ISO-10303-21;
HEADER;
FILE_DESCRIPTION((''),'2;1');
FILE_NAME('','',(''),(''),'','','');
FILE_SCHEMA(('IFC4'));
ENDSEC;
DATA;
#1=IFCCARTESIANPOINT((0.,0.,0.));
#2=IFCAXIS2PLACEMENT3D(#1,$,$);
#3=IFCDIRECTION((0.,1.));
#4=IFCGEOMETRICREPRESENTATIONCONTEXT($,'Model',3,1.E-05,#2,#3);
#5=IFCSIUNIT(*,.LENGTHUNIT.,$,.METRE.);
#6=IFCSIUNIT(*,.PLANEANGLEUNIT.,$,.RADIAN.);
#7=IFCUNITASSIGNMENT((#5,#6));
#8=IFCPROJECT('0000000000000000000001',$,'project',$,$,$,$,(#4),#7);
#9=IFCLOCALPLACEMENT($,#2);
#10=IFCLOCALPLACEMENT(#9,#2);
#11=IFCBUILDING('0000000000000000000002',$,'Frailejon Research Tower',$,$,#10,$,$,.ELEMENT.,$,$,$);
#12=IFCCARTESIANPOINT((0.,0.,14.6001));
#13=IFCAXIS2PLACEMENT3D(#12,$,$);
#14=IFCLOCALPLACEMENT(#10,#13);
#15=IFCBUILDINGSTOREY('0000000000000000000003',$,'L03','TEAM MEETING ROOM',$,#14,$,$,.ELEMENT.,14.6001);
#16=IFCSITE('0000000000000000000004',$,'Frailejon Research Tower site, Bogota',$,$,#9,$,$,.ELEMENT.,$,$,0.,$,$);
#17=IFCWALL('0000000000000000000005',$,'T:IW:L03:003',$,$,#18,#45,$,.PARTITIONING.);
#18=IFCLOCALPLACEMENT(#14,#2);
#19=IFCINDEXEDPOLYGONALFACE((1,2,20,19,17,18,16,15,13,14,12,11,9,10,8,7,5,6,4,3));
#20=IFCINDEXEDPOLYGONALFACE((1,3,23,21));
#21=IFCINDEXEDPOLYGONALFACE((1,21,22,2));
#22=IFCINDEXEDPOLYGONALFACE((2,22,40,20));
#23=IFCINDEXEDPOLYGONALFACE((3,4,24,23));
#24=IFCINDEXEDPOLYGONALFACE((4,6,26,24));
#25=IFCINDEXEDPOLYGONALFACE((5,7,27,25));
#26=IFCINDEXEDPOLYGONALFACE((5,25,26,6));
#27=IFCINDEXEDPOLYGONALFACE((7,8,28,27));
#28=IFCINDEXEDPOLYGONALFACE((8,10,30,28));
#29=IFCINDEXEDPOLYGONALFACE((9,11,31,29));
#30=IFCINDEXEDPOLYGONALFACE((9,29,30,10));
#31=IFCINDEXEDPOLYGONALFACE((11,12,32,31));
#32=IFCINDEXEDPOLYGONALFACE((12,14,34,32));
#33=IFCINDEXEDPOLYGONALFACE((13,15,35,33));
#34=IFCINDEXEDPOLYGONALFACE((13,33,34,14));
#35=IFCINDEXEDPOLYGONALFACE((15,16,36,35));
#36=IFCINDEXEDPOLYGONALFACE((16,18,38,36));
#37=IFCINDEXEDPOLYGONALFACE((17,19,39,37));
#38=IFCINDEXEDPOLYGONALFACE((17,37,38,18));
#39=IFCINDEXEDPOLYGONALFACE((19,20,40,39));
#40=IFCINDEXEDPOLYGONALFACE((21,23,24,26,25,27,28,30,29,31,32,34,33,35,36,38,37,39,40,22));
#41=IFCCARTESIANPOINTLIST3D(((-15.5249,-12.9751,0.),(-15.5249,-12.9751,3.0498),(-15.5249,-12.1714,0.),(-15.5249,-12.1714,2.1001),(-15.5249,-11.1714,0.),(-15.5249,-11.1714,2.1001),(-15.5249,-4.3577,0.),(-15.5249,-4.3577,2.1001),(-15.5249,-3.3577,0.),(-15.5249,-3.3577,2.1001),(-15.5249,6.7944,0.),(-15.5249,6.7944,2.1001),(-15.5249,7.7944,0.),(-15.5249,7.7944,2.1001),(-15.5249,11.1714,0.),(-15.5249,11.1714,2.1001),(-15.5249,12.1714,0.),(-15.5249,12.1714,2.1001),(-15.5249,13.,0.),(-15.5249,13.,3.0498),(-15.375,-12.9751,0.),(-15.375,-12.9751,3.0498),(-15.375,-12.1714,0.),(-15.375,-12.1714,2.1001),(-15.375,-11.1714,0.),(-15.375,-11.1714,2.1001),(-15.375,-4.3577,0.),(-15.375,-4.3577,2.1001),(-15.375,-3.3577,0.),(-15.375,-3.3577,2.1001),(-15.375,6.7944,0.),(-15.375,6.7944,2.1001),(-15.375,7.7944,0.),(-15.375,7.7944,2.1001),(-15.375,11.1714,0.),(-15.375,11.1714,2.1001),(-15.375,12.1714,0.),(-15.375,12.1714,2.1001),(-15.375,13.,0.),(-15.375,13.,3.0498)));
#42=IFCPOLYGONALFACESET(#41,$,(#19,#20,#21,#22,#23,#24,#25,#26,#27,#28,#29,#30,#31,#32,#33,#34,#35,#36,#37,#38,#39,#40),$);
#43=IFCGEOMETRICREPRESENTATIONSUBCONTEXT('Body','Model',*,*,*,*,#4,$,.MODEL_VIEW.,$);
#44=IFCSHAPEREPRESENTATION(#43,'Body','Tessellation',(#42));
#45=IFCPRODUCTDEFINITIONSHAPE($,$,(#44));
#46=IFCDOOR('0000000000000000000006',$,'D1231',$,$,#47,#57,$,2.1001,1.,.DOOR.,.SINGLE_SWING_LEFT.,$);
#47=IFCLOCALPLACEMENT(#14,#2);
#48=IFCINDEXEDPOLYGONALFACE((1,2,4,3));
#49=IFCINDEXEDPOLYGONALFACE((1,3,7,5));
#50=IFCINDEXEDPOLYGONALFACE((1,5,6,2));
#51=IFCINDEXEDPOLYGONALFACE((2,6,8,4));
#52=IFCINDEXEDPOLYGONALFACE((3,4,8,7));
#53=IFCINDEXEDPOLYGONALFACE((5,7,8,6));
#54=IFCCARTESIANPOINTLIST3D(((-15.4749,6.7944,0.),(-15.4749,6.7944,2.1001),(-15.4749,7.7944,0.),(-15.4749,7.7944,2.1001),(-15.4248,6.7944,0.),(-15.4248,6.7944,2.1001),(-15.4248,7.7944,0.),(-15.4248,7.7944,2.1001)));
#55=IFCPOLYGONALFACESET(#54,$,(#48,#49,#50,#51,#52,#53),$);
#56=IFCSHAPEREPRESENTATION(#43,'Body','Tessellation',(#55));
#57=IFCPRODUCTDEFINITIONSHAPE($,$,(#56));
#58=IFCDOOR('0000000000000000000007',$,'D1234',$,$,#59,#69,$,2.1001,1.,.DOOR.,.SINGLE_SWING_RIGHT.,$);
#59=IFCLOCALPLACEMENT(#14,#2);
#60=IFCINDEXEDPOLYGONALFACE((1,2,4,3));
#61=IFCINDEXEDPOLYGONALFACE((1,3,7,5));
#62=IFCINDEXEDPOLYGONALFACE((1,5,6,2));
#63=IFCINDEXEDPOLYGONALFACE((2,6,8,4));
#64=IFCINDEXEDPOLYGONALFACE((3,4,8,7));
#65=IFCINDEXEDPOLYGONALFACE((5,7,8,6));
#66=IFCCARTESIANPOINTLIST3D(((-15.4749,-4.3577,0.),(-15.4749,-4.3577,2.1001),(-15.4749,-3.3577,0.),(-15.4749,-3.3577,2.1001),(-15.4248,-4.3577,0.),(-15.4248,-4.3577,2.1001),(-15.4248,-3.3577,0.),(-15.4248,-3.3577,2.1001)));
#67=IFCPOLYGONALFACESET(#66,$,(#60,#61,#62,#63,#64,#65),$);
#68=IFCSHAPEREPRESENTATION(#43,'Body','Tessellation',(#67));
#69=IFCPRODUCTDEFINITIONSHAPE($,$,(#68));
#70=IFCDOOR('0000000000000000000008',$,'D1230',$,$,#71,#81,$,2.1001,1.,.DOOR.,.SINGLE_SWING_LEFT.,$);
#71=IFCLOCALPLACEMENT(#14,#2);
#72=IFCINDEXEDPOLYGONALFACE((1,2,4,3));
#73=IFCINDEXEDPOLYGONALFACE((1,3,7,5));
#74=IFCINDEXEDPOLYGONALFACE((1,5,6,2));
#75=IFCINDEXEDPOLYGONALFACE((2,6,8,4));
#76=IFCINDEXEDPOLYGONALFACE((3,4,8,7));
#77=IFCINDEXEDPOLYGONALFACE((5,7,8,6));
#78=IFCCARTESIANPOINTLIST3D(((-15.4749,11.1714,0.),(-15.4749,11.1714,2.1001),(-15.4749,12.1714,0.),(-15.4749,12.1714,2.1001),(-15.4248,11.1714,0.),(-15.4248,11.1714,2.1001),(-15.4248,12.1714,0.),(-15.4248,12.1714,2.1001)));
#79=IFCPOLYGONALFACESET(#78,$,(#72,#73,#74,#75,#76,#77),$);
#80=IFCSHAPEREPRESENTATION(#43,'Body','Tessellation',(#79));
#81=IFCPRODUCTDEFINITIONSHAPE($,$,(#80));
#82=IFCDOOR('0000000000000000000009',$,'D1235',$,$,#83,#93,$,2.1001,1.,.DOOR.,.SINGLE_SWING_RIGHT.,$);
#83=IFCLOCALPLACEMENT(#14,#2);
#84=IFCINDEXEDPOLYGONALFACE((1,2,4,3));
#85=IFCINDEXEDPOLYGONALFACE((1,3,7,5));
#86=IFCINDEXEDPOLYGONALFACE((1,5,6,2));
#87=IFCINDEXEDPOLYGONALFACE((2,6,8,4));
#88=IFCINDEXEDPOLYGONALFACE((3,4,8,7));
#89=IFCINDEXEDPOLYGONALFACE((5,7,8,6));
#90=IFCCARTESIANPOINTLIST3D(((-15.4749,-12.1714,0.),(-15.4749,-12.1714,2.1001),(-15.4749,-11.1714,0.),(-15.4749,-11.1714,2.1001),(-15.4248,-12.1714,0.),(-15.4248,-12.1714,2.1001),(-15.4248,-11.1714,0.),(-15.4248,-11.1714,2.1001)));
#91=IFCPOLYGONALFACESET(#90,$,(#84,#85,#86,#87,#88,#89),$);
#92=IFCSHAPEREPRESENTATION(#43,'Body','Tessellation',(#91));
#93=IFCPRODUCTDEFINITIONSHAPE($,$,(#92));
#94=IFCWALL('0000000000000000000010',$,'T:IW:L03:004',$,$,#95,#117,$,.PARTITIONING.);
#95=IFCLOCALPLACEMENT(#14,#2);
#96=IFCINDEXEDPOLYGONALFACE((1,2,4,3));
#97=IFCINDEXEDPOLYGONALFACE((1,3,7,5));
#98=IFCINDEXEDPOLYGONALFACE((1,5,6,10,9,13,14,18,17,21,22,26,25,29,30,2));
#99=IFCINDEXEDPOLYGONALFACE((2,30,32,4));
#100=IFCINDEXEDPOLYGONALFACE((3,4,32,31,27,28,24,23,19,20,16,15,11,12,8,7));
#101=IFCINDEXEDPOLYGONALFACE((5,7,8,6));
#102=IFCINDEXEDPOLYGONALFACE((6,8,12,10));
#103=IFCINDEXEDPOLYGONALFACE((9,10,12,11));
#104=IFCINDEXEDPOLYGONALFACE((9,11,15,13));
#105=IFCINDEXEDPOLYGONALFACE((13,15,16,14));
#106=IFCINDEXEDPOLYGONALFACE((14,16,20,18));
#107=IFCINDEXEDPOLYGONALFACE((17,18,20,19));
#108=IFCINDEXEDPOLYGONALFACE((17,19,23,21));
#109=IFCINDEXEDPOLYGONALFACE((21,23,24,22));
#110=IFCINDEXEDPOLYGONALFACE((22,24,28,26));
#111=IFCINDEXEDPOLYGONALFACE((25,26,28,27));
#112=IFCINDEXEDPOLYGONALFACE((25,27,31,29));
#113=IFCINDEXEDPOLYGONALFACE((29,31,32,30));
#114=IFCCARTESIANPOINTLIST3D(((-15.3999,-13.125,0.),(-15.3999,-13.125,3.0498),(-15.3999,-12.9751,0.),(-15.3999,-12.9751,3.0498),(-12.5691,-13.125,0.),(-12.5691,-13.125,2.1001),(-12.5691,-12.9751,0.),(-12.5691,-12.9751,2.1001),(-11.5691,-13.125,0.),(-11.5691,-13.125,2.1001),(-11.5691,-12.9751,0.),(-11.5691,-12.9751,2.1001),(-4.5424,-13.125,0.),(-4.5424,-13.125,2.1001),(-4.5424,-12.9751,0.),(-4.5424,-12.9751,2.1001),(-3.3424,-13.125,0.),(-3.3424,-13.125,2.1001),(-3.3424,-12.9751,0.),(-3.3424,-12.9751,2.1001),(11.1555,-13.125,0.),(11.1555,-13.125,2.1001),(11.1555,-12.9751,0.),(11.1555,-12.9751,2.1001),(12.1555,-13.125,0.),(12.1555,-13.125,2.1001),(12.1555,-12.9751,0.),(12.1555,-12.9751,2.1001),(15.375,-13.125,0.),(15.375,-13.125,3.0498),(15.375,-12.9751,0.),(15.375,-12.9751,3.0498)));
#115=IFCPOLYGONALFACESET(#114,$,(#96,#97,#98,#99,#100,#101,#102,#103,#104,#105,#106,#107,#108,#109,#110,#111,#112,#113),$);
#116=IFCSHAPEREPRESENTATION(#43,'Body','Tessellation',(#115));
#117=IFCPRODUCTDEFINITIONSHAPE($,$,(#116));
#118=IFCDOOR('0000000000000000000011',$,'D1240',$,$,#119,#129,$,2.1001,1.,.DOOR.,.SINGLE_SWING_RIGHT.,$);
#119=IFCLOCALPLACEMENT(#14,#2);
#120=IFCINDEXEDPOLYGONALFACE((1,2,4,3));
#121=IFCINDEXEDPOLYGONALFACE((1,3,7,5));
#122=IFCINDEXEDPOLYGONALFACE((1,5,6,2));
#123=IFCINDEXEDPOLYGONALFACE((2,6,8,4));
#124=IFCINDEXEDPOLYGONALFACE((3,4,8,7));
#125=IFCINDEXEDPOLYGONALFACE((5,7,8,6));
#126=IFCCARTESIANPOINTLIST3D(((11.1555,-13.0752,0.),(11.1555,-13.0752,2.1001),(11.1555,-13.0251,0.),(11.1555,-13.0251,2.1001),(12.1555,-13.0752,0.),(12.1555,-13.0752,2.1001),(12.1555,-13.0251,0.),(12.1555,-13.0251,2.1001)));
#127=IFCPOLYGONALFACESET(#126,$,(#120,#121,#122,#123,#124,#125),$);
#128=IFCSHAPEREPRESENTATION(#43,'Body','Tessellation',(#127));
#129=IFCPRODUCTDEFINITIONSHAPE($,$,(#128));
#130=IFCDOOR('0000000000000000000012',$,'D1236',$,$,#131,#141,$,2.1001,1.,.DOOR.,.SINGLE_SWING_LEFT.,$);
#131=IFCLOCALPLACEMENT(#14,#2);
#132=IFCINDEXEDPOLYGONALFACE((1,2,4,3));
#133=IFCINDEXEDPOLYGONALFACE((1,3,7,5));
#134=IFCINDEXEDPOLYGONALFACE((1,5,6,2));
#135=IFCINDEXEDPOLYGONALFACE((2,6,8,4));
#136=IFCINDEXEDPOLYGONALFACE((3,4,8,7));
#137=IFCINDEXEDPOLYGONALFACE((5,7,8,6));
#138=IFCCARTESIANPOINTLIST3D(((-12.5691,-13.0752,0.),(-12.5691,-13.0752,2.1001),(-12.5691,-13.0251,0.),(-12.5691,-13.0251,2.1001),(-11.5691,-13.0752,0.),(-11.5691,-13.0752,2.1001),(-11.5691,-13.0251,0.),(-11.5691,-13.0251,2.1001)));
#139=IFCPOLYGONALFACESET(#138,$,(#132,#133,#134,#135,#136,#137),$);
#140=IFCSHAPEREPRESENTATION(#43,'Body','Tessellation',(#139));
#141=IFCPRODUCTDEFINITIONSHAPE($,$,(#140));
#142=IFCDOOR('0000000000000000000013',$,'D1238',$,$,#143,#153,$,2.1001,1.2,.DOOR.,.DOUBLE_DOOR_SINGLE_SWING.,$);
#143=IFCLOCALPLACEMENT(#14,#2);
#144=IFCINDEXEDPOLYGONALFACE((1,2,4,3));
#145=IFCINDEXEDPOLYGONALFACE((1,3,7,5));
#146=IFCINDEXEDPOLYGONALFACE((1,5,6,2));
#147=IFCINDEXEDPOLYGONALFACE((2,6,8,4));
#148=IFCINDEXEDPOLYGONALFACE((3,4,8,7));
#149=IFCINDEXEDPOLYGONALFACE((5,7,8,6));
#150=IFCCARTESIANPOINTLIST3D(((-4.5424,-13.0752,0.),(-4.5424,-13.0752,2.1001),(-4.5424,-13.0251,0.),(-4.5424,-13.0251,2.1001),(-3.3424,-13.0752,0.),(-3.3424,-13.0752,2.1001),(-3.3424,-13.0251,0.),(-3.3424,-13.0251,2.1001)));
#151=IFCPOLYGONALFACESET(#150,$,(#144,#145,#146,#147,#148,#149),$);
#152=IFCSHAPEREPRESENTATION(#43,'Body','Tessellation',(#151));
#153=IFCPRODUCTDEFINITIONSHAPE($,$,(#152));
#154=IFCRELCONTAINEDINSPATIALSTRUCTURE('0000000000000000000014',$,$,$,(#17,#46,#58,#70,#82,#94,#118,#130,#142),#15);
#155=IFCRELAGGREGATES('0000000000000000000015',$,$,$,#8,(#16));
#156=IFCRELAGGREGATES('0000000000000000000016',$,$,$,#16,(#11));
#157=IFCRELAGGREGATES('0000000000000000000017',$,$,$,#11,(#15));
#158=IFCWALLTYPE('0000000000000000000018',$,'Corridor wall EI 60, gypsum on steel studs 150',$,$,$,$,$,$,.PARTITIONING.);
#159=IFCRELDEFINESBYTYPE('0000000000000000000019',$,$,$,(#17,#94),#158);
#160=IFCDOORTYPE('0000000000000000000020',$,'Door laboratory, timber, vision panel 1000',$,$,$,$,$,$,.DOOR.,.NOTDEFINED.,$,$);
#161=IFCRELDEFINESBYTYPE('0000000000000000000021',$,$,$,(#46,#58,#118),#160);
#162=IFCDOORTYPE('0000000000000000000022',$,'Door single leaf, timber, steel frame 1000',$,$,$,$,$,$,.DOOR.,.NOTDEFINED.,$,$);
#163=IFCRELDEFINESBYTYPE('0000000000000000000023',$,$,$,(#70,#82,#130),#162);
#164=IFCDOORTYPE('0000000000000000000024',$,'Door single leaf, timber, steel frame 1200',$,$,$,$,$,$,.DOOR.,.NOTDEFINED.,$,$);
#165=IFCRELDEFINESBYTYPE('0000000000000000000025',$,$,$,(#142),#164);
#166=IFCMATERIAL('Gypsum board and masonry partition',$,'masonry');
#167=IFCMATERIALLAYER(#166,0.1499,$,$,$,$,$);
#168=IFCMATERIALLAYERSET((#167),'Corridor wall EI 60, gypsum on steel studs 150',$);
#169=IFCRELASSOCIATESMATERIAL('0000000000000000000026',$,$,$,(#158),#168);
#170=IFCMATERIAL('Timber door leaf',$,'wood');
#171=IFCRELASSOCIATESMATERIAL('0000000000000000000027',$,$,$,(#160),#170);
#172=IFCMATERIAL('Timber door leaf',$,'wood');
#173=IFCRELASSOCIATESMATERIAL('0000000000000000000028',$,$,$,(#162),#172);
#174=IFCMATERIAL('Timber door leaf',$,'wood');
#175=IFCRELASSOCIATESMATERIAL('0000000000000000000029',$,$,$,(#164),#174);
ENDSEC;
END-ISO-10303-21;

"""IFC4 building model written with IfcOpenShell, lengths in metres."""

from ifc_helpers import new_model, si_unit, direction, frame, frame_2d, origin, place, context, subcontext, project, spatial, rectangle, extrude, material, layer, layer_set, type_object, element, fill, save


model = new_model("IFC4")

# Units and contexts
model_context = context("Model", 3, precision=1e-05, world=origin(), true_north=direction((0.0, 1.0)))
body_context = subcontext(model_context, "Body", "Model", "MODEL_VIEW")
ifc_project = project(units=[si_unit("LENGTHUNIT", "METRE"), si_unit("PLANEANGLEUNIT", "RADIAN")], contexts=[model_context])

# Site, building, storey
site_placement = place(None, origin())
site = spatial("IfcSite", under=ifc_project, at=site_placement, Name="Frailejon Research Tower site, Bogota", CompositionType="ELEMENT", RefElevation=0.0)
building_placement = place(site_placement, origin())
building = spatial("IfcBuilding", under=site, at=building_placement, Name="Frailejon Research Tower", CompositionType="ELEMENT")
storey_placement = place(building_placement, frame((0.0, 0.0, 14.6001)))
storey = spatial("IfcBuildingStorey", under=building, at=storey_placement, Name="L03", Description="TEAM MEETING ROOM", CompositionType="ELEMENT", Elevation=14.6001)

# Walls, openings, doors
ifc_material_1 = material(Name="Gypsum board and masonry partition", Category="masonry")
ifc_layer_1 = layer(ifc_material_1, 0.1499)
ifc_layer_set_1 = layer_set([ifc_layer_1], Name="Corridor wall EI 60, gypsum on steel studs 150")
wall_type_1 = type_object("IfcWallType", Name="Corridor wall EI 60, gypsum on steel studs 150", PredefinedType="PARTITIONING", material=ifc_layer_set_1)
wall_1_placement = place(storey_placement, frame((-15.45, -12.9751, 0.0), z_axis=(0.0, 0.0, 1.0), x_axis=(0.0, 1.0, 0.0)))
wall_1 = element("IfcWall", 1, at=wall_1_placement, inside=storey, type_object=wall_type_1, Name="T:IW:L03:003", PredefinedType="PARTITIONING", context=body_context, shape_type="SweptSolid", body=[
    extrude(rectangle(XDim=25.9751, YDim=0.1499, at=frame_2d((12.9875, 0.0))), origin(), (0.0, 0.0, 1.0), 3.0498),
])
opening_1_placement = place(wall_1_placement, frame((24.1465, 0.0, 0.0)))
opening_1 = element("IfcOpeningElement", 2, at=opening_1_placement, cuts=wall_1, PredefinedType="OPENING", context=body_context, shape_type="SweptSolid", body=[
    extrude(rectangle(XDim=1.0, YDim=2.1001, at=frame_2d((0.5, 1.05))), frame((0.0, 0.085, 0.0), z_axis=(0.0, -1.0, 0.0), x_axis=(1.0, 0.0, 0.0)), (0.0, 0.0, 1.0), 0.1699),
])
opening_2_placement = place(wall_1_placement, frame((19.7695, 0.0, 0.0)))
opening_2 = element("IfcOpeningElement", 3, at=opening_2_placement, cuts=wall_1, PredefinedType="OPENING", context=body_context, shape_type="SweptSolid", body=[
    extrude(rectangle(XDim=1.0, YDim=2.1001, at=frame_2d((0.5, 1.05))), frame((0.0, 0.085, 0.0), z_axis=(0.0, -1.0, 0.0), x_axis=(1.0, 0.0, 0.0)), (0.0, 0.0, 1.0), 0.1699),
])
opening_3_placement = place(wall_1_placement, frame((8.6174, 0.0, 0.0)))
opening_3 = element("IfcOpeningElement", 4, at=opening_3_placement, cuts=wall_1, PredefinedType="OPENING", context=body_context, shape_type="SweptSolid", body=[
    extrude(rectangle(XDim=1.0, YDim=2.1001, at=frame_2d((0.5, 1.05))), frame((0.0, 0.085, 0.0), z_axis=(0.0, -1.0, 0.0), x_axis=(1.0, 0.0, 0.0)), (0.0, 0.0, 1.0), 0.1699),
])
opening_4_placement = place(wall_1_placement, frame((0.8037, 0.0, 0.0)))
opening_4 = element("IfcOpeningElement", 5, at=opening_4_placement, cuts=wall_1, PredefinedType="OPENING", context=body_context, shape_type="SweptSolid", body=[
    extrude(rectangle(XDim=1.0, YDim=2.1001, at=frame_2d((0.5, 1.05))), frame((0.0, 0.085, 0.0), z_axis=(0.0, -1.0, 0.0), x_axis=(1.0, 0.0, 0.0)), (0.0, 0.0, 1.0), 0.1699),
])
ifc_material_2 = material(Name="Timber door leaf", Category="wood")
door_type_1 = type_object("IfcDoorType", Name="Door laboratory, timber, vision panel 1000", OperationType="NOTDEFINED", PredefinedType="DOOR", material=ifc_material_2)
door_1_placement = place(opening_2_placement, origin())
door_1 = element("IfcDoor", 6, at=door_1_placement, inside=storey, type_object=door_type_1, Name="D1231", OperationType="SINGLE_SWING_LEFT", OverallHeight=2.1001, OverallWidth=1.0, PredefinedType="DOOR", context=body_context, shape_type="SweptSolid", body=[
    extrude(rectangle(XDim=1.0, YDim=2.1001, at=frame_2d((0.5, 1.05))), frame((0.0, 0.0249, 0.0), z_axis=(0.0, -1.0, 0.0), x_axis=(1.0, 0.0, 0.0)), (0.0, 0.0, 1.0), 0.05),
])
fill(opening_2, door_1)
door_2_placement = place(opening_3_placement, origin())
door_2 = element("IfcDoor", 7, at=door_2_placement, inside=storey, type_object=door_type_1, Name="D1234", OperationType="SINGLE_SWING_RIGHT", OverallHeight=2.1001, OverallWidth=1.0, PredefinedType="DOOR", context=body_context, shape_type="SweptSolid", body=[
    extrude(rectangle(XDim=1.0, YDim=2.1001, at=frame_2d((0.5, 1.05))), frame((0.0, 0.0249, 0.0), z_axis=(0.0, -1.0, 0.0), x_axis=(1.0, 0.0, 0.0)), (0.0, 0.0, 1.0), 0.05),
])
fill(opening_3, door_2)
ifc_material_3 = material(Name="Timber door leaf", Category="wood")
door_type_2 = type_object("IfcDoorType", Name="Door single leaf, timber, steel frame 1000", OperationType="NOTDEFINED", PredefinedType="DOOR", material=ifc_material_3)
door_3_placement = place(opening_1_placement, origin())
door_3 = element("IfcDoor", 8, at=door_3_placement, inside=storey, type_object=door_type_2, Name="D1230", OperationType="SINGLE_SWING_LEFT", OverallHeight=2.1001, OverallWidth=1.0, PredefinedType="DOOR", context=body_context, shape_type="SweptSolid", body=[
    extrude(rectangle(XDim=1.0, YDim=2.1001, at=frame_2d((0.5, 1.05))), frame((0.0, 0.0249, 0.0), z_axis=(0.0, -1.0, 0.0), x_axis=(1.0, 0.0, 0.0)), (0.0, 0.0, 1.0), 0.05),
])
fill(opening_1, door_3)
door_4_placement = place(opening_4_placement, origin())
door_4 = element("IfcDoor", 9, at=door_4_placement, inside=storey, type_object=door_type_2, Name="D1235", OperationType="SINGLE_SWING_RIGHT", OverallHeight=2.1001, OverallWidth=1.0, PredefinedType="DOOR", context=body_context, shape_type="SweptSolid", body=[
    extrude(rectangle(XDim=1.0, YDim=2.1001, at=frame_2d((0.5, 1.05))), frame((0.0, 0.0249, 0.0), z_axis=(0.0, -1.0, 0.0), x_axis=(1.0, 0.0, 0.0)), (0.0, 0.0, 1.0), 0.05),
])
fill(opening_4, door_4)
wall_2_placement = place(storey_placement, frame((-15.3999, -13.05, 0.0), z_axis=(0.0, 0.0, 1.0), x_axis=(1.0, 0.0, 0.0)))
wall_2 = element("IfcWall", 10, at=wall_2_placement, inside=storey, type_object=wall_type_1, Name="T:IW:L03:004", PredefinedType="PARTITIONING", context=body_context, shape_type="SweptSolid", body=[
    extrude(rectangle(XDim=30.7749, YDim=0.1499, at=frame_2d((15.3875, 0.0))), origin(), (0.0, 0.0, 1.0), 3.0498),
])
opening_5_placement = place(wall_2_placement, frame((2.8308, 0.0, 0.0)))
opening_5 = element("IfcOpeningElement", 11, at=opening_5_placement, cuts=wall_2, PredefinedType="OPENING", context=body_context, shape_type="SweptSolid", body=[
    extrude(rectangle(XDim=1.0, YDim=2.1001, at=frame_2d((0.5, 1.05))), frame((0.0, 0.085, 0.0), z_axis=(0.0, -1.0, 0.0), x_axis=(1.0, 0.0, 0.0)), (0.0, 0.0, 1.0), 0.1699),
])
opening_6_placement = place(wall_2_placement, frame((10.8574, 0.0, 0.0)))
opening_6 = element("IfcOpeningElement", 12, at=opening_6_placement, cuts=wall_2, PredefinedType="OPENING", context=body_context, shape_type="SweptSolid", body=[
    extrude(rectangle(XDim=1.2, YDim=2.1001, at=frame_2d((0.6001, 1.05))), frame((0.0, 0.085, 0.0), z_axis=(0.0, -1.0, 0.0), x_axis=(1.0, 0.0, 0.0)), (0.0, 0.0, 1.0), 0.1699),
])
opening_7_placement = place(wall_2_placement, frame((26.5554, 0.0, 0.0)))
opening_7 = element("IfcOpeningElement", 13, at=opening_7_placement, cuts=wall_2, PredefinedType="OPENING", context=body_context, shape_type="SweptSolid", body=[
    extrude(rectangle(XDim=1.0, YDim=2.1001, at=frame_2d((0.5, 1.05))), frame((0.0, 0.085, 0.0), z_axis=(0.0, -1.0, 0.0), x_axis=(1.0, 0.0, 0.0)), (0.0, 0.0, 1.0), 0.1699),
])
door_5_placement = place(opening_7_placement, origin())
door_5 = element("IfcDoor", 14, at=door_5_placement, inside=storey, type_object=door_type_1, Name="D1240", OperationType="SINGLE_SWING_RIGHT", OverallHeight=2.1001, OverallWidth=1.0, PredefinedType="DOOR", context=body_context, shape_type="SweptSolid", body=[
    extrude(rectangle(XDim=1.0, YDim=2.1001, at=frame_2d((0.5, 1.05))), frame((0.0, 0.0249, 0.0), z_axis=(0.0, -1.0, 0.0), x_axis=(1.0, 0.0, 0.0)), (0.0, 0.0, 1.0), 0.05),
])
fill(opening_7, door_5)
door_6_placement = place(opening_5_placement, origin())
door_6 = element("IfcDoor", 15, at=door_6_placement, inside=storey, type_object=door_type_2, Name="D1236", OperationType="SINGLE_SWING_LEFT", OverallHeight=2.1001, OverallWidth=1.0, PredefinedType="DOOR", context=body_context, shape_type="SweptSolid", body=[
    extrude(rectangle(XDim=1.0, YDim=2.1001, at=frame_2d((0.5, 1.05))), frame((0.0, 0.0249, 0.0), z_axis=(0.0, -1.0, 0.0), x_axis=(1.0, 0.0, 0.0)), (0.0, 0.0, 1.0), 0.05),
])
fill(opening_5, door_6)
ifc_material_4 = material(Name="Timber door leaf", Category="wood")
door_type_3 = type_object("IfcDoorType", Name="Door single leaf, timber, steel frame 1200", OperationType="NOTDEFINED", PredefinedType="DOOR", material=ifc_material_4)
door_7_placement = place(opening_6_placement, origin())
door_7 = element("IfcDoor", 16, at=door_7_placement, inside=storey, type_object=door_type_3, Name="D1238", OperationType="DOUBLE_DOOR_SINGLE_SWING", OverallHeight=2.1001, OverallWidth=1.2, PredefinedType="DOOR", context=body_context, shape_type="SweptSolid", body=[
    extrude(rectangle(XDim=1.2, YDim=2.1001, at=frame_2d((0.6001, 1.05))), frame((0.0, 0.0249, 0.0), z_axis=(0.0, -1.0, 0.0), x_axis=(1.0, 0.0, 0.0)), (0.0, 0.0, 1.0), 0.05),
])
fill(opening_6, door_7)

save(model, "model.ifc")
